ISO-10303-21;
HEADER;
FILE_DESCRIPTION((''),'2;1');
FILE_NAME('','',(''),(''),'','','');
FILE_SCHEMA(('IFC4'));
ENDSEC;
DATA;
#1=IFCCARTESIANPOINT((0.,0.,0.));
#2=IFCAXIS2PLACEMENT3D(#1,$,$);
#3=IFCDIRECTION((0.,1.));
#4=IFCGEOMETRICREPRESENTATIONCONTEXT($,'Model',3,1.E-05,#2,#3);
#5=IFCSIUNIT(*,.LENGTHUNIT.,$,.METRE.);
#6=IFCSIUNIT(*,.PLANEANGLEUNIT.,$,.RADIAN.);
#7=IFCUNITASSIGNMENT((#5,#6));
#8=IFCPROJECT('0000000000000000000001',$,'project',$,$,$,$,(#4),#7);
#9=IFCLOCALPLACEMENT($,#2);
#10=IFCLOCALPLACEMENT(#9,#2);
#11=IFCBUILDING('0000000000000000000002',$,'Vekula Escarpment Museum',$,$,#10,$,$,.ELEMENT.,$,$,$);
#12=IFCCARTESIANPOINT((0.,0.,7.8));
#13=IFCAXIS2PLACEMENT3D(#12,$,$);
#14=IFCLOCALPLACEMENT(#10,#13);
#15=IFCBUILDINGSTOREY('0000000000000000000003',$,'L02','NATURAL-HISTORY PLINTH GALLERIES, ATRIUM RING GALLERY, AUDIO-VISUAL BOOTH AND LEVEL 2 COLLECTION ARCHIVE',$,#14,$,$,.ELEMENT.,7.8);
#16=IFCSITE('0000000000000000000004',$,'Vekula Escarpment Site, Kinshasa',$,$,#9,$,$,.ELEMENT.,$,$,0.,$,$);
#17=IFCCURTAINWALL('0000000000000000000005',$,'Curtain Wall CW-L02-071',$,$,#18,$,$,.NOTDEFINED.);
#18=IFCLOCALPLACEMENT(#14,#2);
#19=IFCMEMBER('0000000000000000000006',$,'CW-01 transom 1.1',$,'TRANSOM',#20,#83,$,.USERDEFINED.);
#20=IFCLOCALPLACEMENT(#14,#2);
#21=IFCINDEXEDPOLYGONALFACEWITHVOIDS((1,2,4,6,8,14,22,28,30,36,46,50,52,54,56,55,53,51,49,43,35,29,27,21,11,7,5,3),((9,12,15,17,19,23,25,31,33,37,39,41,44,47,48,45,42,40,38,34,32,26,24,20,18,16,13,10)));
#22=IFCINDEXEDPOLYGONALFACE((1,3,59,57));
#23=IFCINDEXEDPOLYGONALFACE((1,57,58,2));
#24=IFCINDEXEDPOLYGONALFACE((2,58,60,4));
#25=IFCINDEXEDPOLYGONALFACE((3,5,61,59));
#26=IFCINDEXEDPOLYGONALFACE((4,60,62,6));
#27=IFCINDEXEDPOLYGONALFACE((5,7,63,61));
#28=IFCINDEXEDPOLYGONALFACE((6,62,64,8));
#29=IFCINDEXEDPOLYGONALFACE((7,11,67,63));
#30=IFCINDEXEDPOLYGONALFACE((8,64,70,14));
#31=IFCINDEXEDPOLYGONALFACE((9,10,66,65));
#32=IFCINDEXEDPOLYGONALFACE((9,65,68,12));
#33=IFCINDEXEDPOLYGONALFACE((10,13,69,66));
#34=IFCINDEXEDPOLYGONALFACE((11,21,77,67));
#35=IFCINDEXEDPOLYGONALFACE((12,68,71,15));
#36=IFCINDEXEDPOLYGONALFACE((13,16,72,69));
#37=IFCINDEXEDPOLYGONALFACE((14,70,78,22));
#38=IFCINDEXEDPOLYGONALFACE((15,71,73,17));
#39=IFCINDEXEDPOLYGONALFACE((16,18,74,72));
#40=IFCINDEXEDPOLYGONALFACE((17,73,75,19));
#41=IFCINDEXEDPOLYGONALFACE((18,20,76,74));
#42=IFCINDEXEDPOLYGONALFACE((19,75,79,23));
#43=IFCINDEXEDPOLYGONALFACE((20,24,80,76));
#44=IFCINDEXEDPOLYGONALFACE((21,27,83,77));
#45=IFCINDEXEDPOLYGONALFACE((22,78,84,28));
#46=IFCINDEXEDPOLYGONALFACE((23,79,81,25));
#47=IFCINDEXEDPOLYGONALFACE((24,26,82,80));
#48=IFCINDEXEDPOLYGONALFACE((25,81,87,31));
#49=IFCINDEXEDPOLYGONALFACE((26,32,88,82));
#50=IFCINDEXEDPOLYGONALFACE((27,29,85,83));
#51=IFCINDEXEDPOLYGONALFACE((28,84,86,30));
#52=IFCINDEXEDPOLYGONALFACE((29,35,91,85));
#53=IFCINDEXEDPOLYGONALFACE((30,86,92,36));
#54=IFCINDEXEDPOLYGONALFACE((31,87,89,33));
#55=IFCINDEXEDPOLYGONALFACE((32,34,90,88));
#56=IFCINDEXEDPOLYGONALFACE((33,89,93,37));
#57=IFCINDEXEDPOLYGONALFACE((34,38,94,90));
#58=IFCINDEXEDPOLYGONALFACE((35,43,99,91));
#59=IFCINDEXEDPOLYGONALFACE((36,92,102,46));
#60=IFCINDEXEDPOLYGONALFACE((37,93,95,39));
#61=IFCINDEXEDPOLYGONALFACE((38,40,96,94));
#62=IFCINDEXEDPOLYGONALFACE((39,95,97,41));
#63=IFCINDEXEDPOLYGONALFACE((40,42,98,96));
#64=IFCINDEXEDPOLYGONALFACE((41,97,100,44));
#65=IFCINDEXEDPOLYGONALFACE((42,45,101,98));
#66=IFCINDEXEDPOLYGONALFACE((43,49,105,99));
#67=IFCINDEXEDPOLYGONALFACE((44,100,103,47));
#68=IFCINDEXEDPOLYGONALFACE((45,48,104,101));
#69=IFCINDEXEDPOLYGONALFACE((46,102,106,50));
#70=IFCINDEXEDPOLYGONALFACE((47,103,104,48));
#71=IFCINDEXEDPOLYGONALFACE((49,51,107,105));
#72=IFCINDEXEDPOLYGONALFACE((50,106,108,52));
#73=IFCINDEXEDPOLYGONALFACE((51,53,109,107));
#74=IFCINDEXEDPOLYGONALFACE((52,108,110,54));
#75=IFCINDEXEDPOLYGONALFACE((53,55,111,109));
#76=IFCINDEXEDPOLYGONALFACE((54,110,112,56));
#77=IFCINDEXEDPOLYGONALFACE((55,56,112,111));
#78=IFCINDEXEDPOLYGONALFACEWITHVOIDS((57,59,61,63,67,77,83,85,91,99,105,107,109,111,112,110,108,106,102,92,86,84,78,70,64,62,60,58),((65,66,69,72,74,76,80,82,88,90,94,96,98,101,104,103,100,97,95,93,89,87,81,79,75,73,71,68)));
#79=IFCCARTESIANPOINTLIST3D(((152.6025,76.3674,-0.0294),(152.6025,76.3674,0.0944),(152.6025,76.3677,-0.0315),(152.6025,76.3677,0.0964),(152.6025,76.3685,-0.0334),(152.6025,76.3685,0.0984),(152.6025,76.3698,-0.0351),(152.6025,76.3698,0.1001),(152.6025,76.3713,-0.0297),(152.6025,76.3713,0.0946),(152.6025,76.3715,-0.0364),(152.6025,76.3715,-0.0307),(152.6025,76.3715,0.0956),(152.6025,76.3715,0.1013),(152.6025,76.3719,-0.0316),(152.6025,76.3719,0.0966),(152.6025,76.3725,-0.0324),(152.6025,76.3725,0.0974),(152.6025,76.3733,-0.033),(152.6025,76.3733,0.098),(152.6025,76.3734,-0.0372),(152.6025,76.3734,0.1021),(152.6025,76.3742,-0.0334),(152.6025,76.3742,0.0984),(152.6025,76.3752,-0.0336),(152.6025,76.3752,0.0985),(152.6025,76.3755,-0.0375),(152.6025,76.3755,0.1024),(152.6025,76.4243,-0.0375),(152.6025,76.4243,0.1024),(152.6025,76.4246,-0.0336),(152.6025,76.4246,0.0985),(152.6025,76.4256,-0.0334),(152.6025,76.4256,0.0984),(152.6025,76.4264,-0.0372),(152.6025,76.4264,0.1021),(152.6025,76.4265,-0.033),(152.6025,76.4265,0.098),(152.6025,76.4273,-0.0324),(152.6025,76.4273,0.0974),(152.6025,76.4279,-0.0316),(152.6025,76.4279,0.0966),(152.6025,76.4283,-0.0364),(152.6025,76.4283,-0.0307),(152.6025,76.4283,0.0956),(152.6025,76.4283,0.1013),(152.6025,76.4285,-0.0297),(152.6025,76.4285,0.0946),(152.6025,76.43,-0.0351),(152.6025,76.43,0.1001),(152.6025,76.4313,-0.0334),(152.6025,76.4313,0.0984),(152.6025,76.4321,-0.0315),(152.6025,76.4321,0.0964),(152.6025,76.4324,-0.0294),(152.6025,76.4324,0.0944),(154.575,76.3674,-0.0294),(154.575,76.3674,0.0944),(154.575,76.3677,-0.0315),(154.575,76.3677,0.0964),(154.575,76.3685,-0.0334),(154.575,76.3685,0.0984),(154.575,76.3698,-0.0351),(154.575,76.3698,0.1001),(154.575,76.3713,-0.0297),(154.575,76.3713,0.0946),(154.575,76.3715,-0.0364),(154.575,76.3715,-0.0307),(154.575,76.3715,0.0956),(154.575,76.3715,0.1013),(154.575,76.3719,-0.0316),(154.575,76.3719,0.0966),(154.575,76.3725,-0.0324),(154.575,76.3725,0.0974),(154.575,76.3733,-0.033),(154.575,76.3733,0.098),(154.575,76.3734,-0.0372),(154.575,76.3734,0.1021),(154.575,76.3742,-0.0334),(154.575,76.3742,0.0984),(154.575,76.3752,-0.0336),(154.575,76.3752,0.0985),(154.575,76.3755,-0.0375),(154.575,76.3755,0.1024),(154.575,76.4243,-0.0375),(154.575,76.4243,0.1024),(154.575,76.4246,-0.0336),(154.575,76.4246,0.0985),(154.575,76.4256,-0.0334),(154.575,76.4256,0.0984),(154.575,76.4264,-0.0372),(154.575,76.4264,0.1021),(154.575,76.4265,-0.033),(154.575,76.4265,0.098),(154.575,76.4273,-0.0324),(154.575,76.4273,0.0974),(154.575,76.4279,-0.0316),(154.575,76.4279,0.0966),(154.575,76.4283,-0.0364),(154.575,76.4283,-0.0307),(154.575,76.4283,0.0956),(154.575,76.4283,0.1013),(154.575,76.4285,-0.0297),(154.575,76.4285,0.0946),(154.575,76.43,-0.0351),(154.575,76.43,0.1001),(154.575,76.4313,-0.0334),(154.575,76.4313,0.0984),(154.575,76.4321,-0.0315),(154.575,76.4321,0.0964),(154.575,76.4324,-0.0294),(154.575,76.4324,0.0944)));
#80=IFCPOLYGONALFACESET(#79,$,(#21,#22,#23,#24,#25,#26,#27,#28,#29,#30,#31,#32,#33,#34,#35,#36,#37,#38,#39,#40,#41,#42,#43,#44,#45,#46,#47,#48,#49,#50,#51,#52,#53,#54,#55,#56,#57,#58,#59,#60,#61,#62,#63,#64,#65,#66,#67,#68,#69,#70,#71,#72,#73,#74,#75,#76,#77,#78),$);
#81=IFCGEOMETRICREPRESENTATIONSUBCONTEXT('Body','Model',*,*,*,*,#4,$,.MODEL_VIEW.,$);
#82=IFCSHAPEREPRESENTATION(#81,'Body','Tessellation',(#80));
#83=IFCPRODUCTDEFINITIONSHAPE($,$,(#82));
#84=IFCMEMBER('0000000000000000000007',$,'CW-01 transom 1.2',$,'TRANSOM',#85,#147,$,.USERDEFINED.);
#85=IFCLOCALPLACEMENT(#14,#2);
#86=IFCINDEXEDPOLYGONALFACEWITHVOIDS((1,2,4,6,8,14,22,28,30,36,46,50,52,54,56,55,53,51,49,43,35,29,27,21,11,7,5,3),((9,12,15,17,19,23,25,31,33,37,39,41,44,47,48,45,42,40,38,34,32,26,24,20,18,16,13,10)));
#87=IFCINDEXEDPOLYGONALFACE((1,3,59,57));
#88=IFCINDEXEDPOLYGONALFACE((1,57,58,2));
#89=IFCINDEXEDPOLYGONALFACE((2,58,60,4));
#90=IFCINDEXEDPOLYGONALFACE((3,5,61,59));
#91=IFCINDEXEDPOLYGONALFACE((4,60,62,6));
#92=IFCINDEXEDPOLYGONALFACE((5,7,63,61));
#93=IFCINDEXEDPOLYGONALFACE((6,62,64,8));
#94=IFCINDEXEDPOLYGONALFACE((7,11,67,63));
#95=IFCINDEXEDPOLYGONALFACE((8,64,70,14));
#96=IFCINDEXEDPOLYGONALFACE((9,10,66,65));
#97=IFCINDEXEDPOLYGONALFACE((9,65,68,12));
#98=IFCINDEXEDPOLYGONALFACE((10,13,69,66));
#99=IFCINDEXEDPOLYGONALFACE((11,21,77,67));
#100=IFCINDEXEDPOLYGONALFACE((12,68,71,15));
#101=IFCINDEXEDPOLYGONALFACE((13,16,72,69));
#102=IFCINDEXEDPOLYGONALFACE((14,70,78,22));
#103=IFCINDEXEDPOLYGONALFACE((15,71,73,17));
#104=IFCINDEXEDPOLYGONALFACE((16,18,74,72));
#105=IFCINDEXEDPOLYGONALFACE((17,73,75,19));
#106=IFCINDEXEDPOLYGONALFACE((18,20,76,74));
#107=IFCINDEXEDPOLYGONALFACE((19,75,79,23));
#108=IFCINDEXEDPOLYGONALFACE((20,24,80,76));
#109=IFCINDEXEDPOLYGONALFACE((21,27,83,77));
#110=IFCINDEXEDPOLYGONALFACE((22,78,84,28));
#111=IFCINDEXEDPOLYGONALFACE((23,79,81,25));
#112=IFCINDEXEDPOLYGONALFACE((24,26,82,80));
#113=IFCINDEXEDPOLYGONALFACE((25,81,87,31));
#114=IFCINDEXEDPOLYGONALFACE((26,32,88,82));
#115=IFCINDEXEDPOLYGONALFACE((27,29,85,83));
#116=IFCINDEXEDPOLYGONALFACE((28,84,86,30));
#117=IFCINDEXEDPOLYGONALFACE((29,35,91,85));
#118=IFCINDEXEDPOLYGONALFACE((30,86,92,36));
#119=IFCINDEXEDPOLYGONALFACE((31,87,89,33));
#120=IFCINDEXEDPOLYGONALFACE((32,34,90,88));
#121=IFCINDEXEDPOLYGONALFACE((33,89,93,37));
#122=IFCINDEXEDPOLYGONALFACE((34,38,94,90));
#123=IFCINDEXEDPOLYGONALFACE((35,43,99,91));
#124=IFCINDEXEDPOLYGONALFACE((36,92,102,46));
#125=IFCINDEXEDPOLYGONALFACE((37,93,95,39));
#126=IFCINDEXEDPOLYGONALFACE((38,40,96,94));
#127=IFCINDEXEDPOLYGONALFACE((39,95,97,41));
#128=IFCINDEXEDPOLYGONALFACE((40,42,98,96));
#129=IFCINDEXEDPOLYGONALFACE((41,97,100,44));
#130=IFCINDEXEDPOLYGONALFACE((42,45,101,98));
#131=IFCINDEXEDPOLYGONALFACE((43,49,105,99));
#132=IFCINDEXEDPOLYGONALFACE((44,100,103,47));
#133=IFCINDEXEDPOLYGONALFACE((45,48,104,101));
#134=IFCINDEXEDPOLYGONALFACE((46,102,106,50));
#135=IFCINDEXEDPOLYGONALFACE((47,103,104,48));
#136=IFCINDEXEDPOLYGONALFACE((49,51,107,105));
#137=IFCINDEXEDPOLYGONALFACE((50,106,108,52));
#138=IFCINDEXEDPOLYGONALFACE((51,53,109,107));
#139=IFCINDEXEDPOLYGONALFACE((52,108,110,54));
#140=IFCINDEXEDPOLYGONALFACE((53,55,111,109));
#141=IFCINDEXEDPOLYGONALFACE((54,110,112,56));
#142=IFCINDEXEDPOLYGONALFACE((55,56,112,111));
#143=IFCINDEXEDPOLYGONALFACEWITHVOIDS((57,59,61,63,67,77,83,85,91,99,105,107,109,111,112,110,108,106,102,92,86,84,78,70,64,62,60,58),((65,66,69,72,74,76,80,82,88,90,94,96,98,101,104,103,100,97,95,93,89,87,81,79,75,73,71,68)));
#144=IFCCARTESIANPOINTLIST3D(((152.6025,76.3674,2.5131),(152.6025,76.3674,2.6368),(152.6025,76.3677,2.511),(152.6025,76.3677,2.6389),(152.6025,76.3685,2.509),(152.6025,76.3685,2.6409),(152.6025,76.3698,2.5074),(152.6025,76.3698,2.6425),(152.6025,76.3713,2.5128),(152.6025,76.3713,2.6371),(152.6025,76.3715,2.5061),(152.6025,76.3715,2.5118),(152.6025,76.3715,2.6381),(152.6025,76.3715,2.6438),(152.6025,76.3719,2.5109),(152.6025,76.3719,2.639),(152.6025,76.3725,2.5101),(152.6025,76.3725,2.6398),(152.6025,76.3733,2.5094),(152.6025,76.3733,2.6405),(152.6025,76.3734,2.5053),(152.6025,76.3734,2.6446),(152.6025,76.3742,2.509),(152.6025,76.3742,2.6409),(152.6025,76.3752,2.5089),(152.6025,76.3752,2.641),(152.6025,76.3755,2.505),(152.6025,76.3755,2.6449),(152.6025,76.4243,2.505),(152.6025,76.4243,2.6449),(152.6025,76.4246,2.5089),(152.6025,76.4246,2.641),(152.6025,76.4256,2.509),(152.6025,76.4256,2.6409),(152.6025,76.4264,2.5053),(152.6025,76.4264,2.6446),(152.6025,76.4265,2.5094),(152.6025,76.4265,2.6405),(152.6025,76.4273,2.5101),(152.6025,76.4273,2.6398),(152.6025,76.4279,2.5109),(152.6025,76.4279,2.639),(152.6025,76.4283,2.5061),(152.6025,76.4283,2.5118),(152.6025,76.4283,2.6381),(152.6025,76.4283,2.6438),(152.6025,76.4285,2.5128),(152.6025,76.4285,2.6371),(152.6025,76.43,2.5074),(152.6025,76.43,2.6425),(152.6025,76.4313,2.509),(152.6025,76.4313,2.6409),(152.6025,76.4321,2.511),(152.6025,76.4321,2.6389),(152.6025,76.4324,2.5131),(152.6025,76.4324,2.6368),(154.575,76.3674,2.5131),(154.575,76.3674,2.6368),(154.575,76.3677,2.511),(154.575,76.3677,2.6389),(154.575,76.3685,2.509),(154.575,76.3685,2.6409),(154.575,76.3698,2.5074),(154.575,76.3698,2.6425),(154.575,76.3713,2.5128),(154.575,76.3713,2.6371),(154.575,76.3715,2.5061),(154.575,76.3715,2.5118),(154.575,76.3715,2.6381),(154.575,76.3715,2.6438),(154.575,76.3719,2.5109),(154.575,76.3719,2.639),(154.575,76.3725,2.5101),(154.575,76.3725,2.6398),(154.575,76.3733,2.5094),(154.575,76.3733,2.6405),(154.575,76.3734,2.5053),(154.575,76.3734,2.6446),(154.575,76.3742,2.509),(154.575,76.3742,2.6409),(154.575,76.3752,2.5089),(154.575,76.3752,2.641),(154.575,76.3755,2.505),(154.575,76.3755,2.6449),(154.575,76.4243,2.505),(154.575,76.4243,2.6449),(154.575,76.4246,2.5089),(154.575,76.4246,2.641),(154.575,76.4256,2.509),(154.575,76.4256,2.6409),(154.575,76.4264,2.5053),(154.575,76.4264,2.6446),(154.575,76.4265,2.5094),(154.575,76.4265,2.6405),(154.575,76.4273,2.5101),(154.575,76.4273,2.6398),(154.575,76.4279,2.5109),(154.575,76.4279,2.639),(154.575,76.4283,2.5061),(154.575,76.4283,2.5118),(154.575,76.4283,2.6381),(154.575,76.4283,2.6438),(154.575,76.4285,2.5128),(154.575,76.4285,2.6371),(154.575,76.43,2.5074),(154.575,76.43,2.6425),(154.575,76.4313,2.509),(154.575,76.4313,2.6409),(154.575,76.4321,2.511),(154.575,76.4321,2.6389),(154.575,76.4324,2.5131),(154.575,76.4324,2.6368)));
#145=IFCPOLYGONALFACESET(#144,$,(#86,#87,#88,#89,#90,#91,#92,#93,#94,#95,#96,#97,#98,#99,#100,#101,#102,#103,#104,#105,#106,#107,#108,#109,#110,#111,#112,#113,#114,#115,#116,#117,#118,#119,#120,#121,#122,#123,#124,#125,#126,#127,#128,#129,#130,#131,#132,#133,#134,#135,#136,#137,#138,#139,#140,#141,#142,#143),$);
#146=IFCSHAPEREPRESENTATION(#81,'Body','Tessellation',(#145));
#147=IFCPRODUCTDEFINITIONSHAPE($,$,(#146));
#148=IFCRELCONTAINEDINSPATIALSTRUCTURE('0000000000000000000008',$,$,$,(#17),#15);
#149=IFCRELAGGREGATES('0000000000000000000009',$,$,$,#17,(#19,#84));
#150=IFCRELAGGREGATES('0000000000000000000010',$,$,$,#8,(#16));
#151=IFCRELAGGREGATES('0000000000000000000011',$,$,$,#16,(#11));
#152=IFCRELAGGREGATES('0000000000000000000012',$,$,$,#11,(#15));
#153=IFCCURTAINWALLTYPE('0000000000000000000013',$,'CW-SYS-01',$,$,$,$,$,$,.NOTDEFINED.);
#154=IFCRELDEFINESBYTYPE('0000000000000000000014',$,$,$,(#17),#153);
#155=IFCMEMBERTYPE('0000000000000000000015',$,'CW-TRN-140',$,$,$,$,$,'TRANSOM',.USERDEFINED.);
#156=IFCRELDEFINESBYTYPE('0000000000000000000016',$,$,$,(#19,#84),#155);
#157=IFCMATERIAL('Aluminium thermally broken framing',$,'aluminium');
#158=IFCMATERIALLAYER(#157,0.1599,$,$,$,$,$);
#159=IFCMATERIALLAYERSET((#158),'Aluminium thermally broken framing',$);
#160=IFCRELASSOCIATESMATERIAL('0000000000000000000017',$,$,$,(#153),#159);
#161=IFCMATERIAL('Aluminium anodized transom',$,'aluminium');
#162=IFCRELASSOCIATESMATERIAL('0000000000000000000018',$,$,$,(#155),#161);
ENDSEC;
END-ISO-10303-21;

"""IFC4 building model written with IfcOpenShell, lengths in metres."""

from ifc_helpers import new_model, si_unit, direction, frame, origin, origin_2d, place, context, subcontext, project, spatial, hollow_rectangle, extrude, material, layer, layer_set, material_profile, profile_set, type_object, element, aggregate, save


model = new_model("IFC4")

# Units and contexts
model_context = context("Model", 3, precision=1e-05, world=origin(), true_north=direction((0.0, 1.0)))
body_context = subcontext(model_context, "Body", "Model", "MODEL_VIEW")
ifc_project = project(units=[si_unit("LENGTHUNIT", "METRE"), si_unit("PLANEANGLEUNIT", "RADIAN")], contexts=[model_context])

# Site, building, storey
site_placement = place(None, origin())
site = spatial("IfcSite", under=ifc_project, at=site_placement, Name="Vekula Escarpment Site, Kinshasa", CompositionType="ELEMENT", RefElevation=0.0)
building_placement = place(site_placement, origin())
building = spatial("IfcBuilding", under=site, at=building_placement, Name="Vekula Escarpment Museum", CompositionType="ELEMENT")
storey_placement = place(building_placement, frame((0.0, 0.0, 7.8)))
storey = spatial("IfcBuildingStorey", under=building, at=storey_placement, Name="L02", Description="NATURAL-HISTORY PLINTH GALLERIES, ATRIUM RING GALLERY, AUDIO-VISUAL BOOTH AND LEVEL 2 COLLECTION ARCHIVE", CompositionType="ELEMENT", Elevation=7.8)

# Curtain wall
ifc_material_1 = material(Name="Aluminium thermally broken framing", Category="aluminium")
ifc_layer_1 = layer(ifc_material_1, 0.1599)
ifc_layer_set_1 = layer_set([ifc_layer_1], Name="Aluminium thermally broken framing")
curtain_wall_type_1 = type_object("IfcCurtainWallType", Name="CW-SYS-01", PredefinedType="NOTDEFINED", material=ifc_layer_set_1)
curtain_wall_1_placement = place(storey_placement, origin())
curtain_wall_1 = element("IfcCurtainWall", 1, at=curtain_wall_1_placement, inside=storey, type_object=curtain_wall_type_1, Name="Curtain Wall CW-L02-071", PredefinedType="NOTDEFINED")

# Members
ifc_material_2 = material(Name="Aluminium anodized transom", Category="aluminium")
ifc_material_profile_1 = material_profile(ifc_material_2, hollow_rectangle(XDim=0.0649, YDim=0.1399, WallThickness=0.0039, InnerFilletRadius=0.0039, OuterFilletRadius=0.0081, at=origin_2d()), Name="ALU 140x65x4")
ifc_profile_set_1 = profile_set([ifc_material_profile_1], Name="Aluminium anodized transom")
member_type_1 = type_object("IfcMemberType", Name="CW-TRN-140", ElementType="TRANSOM", PredefinedType="USERDEFINED", material=ifc_profile_set_1)
member_1_placement = place(storey_placement, frame((154.575, 76.3999, 0.0325), z_axis=(-1.0, 0.0, 0.0), x_axis=(0.0, -1.0, 0.0)))
member_1 = element("IfcMember", 2, at=member_1_placement, type_object=member_type_1, Name="CW-01 transom 1.1", ObjectType="TRANSOM", PredefinedType="USERDEFINED", context=body_context, shape_type="SweptSolid", body=[
    extrude(hollow_rectangle(XDim=0.0649, YDim=0.1399, WallThickness=0.0039, InnerFilletRadius=0.0039, OuterFilletRadius=0.0081, at=origin_2d()), origin(), (0.0, 0.0, 1.0), 1.9724),
])
member_2_placement = place(storey_placement, frame((154.575, 76.3999, 2.575), z_axis=(-1.0, 0.0, 0.0), x_axis=(0.0, -1.0, 0.0)))
member_2 = element("IfcMember", 3, at=member_2_placement, type_object=member_type_1, Name="CW-01 transom 1.2", ObjectType="TRANSOM", PredefinedType="USERDEFINED", context=body_context, shape_type="SweptSolid", body=[
    extrude(hollow_rectangle(XDim=0.0649, YDim=0.1399, WallThickness=0.0039, InnerFilletRadius=0.0039, OuterFilletRadius=0.0081, at=origin_2d()), origin(), (0.0, 0.0, 1.0), 1.9724),
])

aggregate(curtain_wall_1, [member_1, member_2])

save(model, "model.ifc")
